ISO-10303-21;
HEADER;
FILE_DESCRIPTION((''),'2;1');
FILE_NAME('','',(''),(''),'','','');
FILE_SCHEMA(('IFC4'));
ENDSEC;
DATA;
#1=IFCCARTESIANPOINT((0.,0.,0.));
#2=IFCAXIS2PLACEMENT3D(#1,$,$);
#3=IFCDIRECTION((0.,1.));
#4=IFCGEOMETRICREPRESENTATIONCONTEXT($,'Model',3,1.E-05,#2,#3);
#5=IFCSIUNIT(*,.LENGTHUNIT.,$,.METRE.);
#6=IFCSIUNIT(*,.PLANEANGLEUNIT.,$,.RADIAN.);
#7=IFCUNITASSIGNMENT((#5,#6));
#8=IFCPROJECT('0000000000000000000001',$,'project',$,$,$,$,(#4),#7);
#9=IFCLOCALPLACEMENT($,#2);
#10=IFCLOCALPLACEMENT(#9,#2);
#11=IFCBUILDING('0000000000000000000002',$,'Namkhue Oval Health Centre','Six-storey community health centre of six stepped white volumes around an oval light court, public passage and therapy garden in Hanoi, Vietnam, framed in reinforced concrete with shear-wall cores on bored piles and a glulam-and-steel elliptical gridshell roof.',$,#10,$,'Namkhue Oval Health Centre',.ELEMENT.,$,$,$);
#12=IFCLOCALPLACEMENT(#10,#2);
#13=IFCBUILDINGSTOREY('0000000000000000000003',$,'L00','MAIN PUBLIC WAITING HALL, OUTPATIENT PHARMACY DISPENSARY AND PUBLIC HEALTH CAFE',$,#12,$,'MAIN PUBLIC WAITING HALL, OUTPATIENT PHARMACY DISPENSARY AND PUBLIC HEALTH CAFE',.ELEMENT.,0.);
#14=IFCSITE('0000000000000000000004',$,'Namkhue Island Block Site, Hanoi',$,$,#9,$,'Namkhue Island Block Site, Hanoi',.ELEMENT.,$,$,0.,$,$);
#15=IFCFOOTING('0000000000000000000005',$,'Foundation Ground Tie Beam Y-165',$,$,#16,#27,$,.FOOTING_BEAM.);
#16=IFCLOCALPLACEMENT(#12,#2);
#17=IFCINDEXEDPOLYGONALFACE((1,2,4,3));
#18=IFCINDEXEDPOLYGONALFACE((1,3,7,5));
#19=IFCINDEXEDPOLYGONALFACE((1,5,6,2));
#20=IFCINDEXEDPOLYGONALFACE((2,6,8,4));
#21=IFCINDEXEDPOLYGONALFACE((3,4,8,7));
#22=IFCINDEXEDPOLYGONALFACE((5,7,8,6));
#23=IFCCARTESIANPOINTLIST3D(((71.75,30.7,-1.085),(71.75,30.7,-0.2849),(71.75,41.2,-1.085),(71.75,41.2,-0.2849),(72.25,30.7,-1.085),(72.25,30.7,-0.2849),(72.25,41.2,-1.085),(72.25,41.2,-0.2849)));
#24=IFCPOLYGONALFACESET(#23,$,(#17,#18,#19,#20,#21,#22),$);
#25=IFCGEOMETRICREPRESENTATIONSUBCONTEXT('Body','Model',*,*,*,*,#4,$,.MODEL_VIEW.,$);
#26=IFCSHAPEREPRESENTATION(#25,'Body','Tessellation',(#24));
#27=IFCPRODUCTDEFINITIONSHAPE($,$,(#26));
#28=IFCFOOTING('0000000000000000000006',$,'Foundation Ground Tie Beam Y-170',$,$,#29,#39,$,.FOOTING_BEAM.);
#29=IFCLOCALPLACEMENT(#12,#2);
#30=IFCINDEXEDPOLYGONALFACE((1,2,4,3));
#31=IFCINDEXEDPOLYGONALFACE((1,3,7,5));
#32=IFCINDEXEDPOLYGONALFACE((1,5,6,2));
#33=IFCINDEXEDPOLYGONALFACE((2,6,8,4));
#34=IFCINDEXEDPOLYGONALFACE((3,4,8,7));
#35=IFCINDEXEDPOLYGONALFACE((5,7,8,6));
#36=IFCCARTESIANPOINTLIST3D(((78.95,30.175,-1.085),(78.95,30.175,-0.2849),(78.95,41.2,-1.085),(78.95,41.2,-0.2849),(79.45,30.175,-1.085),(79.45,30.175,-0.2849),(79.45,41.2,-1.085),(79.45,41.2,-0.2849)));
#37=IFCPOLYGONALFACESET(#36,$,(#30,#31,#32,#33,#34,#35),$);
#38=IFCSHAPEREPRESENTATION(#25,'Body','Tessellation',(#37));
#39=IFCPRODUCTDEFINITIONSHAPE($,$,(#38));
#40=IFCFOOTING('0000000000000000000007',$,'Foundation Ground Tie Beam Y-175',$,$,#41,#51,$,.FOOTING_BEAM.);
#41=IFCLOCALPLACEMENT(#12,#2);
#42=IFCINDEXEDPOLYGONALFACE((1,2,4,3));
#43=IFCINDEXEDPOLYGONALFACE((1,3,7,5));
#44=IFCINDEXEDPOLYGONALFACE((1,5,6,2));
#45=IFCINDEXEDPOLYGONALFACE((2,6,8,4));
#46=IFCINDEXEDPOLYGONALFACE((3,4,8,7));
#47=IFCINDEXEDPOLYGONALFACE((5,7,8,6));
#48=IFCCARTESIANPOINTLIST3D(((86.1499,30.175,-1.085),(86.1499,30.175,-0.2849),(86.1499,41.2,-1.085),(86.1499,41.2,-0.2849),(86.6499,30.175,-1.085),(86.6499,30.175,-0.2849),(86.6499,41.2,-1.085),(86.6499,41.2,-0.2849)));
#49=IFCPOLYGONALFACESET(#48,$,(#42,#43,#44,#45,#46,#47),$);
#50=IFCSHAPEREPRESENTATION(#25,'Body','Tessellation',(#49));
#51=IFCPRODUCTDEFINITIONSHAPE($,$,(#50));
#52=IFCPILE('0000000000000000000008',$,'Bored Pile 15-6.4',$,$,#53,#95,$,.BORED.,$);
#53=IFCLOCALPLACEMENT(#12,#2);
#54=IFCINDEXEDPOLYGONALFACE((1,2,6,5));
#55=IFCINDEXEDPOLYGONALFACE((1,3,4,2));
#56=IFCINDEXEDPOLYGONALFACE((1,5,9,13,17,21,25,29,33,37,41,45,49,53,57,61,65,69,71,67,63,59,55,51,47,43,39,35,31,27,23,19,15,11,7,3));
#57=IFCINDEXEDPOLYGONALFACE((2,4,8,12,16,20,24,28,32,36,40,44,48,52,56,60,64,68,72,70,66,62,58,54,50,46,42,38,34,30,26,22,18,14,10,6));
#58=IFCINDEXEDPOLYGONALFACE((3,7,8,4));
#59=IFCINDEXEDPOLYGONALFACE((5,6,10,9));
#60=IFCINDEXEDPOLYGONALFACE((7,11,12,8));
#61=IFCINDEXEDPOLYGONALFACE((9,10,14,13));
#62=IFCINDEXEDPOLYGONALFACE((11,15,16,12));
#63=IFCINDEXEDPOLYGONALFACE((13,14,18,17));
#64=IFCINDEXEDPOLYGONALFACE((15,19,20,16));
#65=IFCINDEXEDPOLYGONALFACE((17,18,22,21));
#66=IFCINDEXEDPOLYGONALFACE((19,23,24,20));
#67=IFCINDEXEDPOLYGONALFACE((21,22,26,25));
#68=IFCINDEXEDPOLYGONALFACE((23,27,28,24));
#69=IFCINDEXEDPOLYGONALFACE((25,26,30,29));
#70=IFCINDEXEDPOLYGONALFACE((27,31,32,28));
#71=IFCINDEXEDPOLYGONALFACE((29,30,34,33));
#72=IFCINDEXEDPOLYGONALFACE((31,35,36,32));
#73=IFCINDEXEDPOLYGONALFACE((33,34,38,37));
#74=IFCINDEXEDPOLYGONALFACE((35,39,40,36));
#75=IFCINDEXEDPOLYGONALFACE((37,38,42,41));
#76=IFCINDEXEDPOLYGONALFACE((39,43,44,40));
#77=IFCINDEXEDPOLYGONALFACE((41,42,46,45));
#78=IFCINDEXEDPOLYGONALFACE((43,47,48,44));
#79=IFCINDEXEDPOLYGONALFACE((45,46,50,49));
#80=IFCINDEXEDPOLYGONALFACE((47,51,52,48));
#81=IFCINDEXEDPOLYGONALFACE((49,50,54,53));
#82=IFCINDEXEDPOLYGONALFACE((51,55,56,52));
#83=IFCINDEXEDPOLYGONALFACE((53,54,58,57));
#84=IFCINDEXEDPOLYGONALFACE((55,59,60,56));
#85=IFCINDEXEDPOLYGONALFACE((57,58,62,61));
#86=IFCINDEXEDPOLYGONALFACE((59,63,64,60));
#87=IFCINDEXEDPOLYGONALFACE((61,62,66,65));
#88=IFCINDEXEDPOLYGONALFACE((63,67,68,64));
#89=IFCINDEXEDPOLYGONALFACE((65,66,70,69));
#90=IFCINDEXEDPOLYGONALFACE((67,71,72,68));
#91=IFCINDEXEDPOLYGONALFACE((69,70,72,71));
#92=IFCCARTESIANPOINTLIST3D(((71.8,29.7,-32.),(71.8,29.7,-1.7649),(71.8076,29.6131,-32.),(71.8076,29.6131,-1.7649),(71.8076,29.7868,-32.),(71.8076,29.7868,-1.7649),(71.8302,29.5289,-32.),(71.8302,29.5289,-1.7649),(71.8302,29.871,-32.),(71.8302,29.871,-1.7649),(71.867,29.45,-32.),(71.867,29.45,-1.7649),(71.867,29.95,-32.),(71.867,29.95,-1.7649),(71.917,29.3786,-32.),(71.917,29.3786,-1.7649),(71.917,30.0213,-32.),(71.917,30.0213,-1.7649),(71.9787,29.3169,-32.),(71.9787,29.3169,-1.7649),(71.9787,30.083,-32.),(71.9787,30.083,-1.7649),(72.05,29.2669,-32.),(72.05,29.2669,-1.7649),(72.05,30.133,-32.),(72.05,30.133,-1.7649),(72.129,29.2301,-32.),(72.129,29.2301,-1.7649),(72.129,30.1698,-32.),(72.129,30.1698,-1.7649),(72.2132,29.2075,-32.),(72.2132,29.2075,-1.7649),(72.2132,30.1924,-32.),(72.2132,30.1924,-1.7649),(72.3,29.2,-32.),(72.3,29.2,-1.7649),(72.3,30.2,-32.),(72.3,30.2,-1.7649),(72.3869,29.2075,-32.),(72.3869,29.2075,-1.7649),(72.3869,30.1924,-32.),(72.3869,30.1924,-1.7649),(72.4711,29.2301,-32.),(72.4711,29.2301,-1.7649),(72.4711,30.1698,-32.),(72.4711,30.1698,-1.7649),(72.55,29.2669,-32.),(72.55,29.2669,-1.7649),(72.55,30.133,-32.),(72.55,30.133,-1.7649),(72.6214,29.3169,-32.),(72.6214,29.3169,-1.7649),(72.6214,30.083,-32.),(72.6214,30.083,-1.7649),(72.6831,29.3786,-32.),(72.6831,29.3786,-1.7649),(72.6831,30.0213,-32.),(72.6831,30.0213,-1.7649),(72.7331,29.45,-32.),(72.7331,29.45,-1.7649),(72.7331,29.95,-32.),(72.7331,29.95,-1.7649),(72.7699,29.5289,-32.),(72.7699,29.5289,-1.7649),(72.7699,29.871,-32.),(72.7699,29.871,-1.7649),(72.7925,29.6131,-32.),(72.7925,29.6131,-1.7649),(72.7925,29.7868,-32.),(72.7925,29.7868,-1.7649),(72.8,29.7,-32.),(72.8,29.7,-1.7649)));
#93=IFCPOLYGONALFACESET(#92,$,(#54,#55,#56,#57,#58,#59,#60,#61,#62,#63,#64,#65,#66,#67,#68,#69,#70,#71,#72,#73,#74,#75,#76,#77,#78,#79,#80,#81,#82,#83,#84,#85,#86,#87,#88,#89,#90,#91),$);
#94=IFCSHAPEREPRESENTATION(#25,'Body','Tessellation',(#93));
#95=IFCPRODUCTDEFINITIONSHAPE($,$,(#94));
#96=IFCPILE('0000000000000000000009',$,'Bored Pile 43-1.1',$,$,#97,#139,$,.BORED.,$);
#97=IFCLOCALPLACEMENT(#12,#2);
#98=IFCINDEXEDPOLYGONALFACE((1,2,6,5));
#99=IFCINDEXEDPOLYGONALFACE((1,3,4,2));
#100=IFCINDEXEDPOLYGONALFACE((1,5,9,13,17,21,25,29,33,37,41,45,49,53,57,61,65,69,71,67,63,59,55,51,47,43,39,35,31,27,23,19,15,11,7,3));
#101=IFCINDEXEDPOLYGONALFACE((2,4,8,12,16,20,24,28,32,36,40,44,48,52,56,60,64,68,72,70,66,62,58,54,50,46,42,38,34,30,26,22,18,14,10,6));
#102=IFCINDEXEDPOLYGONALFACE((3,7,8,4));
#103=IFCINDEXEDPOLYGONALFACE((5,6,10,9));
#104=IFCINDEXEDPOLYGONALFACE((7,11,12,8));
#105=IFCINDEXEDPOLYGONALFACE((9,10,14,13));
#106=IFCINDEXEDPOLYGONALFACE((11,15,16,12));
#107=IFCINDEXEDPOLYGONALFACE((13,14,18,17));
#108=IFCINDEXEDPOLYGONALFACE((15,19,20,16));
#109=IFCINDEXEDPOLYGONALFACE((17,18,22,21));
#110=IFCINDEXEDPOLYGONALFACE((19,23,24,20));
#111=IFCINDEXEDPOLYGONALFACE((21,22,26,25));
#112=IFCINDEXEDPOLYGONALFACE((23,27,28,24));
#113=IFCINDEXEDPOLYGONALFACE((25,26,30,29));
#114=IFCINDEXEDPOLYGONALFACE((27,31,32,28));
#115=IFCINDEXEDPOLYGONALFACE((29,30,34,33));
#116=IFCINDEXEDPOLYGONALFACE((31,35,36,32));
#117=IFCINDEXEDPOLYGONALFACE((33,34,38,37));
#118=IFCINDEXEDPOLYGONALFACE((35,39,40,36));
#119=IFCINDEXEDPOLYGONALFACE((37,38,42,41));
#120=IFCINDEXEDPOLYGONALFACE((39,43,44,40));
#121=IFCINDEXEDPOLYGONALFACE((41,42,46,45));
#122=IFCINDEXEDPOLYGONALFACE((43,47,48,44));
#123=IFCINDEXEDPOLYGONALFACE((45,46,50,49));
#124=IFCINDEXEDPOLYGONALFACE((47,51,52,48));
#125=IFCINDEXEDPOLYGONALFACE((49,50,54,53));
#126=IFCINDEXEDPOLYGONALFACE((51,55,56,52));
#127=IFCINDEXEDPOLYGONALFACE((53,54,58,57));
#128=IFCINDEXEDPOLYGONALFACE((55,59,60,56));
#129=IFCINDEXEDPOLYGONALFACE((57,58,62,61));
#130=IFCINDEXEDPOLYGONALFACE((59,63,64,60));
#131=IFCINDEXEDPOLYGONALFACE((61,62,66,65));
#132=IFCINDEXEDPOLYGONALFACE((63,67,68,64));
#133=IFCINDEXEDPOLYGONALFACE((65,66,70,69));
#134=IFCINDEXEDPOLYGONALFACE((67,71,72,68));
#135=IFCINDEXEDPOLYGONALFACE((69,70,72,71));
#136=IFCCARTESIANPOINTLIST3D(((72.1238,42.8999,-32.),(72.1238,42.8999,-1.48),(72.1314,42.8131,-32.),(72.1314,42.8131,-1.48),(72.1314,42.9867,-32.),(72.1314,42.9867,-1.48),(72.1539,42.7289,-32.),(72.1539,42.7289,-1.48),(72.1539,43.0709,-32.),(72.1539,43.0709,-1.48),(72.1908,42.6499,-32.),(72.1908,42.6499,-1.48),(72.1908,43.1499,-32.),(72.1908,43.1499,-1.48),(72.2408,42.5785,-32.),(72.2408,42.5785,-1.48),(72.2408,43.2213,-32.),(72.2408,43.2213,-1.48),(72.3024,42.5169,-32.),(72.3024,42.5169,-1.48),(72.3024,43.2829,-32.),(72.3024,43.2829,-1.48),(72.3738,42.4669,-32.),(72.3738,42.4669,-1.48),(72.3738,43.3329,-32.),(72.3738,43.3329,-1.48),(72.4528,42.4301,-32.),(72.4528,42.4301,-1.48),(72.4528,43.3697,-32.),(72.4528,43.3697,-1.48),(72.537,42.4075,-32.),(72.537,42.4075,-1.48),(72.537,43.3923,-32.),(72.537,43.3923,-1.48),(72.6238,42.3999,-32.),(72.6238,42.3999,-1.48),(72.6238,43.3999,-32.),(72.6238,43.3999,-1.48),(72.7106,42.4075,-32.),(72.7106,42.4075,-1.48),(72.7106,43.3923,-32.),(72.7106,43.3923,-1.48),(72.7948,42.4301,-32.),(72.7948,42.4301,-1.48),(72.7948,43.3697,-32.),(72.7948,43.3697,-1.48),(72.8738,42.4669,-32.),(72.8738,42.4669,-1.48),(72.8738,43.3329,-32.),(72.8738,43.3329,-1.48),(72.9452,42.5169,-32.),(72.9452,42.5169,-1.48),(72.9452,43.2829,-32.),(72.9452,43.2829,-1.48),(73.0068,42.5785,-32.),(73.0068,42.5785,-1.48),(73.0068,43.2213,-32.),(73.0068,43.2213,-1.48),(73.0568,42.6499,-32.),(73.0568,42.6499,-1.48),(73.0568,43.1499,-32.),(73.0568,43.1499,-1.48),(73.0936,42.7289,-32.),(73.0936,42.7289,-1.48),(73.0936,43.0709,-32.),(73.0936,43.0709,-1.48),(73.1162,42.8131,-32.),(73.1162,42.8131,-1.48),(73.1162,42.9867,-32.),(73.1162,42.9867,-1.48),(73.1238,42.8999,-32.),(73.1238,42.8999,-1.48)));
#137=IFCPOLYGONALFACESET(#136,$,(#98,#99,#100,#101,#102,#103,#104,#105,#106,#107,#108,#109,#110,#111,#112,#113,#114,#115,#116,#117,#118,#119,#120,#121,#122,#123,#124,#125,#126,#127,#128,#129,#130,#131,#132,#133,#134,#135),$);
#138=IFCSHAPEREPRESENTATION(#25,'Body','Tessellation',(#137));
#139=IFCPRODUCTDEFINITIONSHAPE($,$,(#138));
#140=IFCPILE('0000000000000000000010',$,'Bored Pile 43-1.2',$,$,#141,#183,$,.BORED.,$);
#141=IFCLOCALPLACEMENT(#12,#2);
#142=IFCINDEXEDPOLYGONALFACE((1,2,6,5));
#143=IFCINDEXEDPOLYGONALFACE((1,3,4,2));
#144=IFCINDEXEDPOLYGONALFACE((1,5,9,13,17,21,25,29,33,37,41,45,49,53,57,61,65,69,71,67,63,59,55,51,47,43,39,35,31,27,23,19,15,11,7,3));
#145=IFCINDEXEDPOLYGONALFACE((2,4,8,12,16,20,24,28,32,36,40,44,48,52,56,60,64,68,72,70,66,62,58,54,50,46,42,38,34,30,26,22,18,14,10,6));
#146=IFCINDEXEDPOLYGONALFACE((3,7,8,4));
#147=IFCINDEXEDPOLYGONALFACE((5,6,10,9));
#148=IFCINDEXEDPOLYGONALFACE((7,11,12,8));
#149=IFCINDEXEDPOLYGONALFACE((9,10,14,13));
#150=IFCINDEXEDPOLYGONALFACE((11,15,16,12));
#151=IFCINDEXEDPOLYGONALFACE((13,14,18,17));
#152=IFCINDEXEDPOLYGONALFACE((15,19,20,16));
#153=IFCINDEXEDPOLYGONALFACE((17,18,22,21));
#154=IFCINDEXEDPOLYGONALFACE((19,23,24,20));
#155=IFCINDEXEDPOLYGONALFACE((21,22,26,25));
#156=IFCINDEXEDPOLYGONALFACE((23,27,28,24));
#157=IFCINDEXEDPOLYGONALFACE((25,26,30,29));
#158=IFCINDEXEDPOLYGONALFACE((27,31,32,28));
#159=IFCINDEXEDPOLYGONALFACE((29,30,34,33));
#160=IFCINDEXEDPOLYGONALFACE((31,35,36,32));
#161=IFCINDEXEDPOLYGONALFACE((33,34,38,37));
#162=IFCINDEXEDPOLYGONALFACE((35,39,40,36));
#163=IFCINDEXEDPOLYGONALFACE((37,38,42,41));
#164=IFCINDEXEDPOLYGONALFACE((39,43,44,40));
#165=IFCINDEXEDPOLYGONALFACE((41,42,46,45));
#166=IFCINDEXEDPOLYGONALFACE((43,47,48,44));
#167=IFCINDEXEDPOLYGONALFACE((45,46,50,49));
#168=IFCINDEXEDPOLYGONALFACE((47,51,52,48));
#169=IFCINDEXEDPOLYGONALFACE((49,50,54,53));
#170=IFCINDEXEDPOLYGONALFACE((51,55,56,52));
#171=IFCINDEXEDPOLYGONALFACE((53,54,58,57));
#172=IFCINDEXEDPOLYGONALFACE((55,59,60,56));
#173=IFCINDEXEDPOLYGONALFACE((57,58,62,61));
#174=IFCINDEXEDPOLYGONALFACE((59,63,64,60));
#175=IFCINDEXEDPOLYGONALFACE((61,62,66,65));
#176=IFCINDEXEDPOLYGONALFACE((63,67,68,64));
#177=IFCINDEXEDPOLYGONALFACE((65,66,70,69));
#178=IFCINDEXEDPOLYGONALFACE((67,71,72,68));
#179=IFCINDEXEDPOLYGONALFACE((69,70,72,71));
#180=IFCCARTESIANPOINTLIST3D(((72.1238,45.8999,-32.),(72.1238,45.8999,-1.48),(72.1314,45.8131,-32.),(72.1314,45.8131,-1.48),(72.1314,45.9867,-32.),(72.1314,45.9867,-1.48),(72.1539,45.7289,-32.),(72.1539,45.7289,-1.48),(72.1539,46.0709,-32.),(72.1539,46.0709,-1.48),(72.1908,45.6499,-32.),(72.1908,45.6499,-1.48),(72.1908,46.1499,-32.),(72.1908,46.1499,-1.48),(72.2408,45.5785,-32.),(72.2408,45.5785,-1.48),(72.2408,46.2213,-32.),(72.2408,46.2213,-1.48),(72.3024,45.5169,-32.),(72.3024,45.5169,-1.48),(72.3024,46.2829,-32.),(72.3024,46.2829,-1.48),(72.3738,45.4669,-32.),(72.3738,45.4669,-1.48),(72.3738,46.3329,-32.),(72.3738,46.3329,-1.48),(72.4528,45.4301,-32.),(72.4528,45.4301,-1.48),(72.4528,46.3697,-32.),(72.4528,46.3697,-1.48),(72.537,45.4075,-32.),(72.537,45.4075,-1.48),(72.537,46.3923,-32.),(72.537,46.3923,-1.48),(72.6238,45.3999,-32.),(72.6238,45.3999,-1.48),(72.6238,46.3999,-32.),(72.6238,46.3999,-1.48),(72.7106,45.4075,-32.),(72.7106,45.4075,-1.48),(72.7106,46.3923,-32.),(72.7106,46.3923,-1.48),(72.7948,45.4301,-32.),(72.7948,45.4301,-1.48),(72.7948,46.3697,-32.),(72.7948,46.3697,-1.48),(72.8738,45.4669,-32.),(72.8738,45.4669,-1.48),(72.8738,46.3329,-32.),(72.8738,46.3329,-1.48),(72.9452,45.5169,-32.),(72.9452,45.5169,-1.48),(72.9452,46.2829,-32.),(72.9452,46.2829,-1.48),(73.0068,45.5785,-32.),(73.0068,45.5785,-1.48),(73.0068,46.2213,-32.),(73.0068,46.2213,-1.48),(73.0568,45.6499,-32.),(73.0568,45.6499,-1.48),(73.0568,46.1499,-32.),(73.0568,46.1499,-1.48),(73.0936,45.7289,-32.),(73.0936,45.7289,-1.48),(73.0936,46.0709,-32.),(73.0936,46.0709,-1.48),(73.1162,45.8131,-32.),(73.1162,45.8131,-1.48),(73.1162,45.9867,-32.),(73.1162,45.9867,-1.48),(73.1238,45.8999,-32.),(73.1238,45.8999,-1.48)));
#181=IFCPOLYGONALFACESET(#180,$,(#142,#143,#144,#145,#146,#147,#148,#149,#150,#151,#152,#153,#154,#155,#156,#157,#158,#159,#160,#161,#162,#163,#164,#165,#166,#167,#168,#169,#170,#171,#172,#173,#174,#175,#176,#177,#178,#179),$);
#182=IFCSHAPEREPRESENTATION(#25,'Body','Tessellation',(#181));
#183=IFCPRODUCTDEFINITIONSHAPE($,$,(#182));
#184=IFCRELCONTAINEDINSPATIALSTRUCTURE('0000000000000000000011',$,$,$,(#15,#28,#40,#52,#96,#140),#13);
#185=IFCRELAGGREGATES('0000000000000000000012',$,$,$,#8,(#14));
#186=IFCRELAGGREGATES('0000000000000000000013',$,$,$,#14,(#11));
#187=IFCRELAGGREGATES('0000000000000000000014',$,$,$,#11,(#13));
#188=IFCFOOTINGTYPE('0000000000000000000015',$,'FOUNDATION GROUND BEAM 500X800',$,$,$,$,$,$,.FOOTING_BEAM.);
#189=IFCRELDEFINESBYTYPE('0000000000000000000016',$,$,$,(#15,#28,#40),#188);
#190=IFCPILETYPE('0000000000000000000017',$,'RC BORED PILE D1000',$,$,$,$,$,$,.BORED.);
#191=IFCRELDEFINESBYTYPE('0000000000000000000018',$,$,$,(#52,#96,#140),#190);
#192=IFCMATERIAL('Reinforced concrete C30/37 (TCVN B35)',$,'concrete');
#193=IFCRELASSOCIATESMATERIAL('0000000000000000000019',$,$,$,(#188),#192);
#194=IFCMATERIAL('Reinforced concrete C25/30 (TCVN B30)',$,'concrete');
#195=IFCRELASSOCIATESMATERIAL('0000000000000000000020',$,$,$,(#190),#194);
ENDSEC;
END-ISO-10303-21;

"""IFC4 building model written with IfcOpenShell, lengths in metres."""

from ifc_helpers import new_model, si_unit, direction, frame, origin, origin_2d, place, context, subcontext, project, spatial, rectangle, circle, extrude, material, material_profile, profile_set, type_object, element, save


model = new_model("IFC4")

# Units and contexts
model_context = context("Model", 3, precision=1e-05, world=origin(), true_north=direction((0.0, 1.0)))
body_context = subcontext(model_context, "Body", "Model", "MODEL_VIEW")
ifc_project = project(units=[si_unit("LENGTHUNIT", "METRE"), si_unit("PLANEANGLEUNIT", "RADIAN")], contexts=[model_context])

# Site, building, storey
site_placement = place(None, origin())
site = spatial("IfcSite", under=ifc_project, at=site_placement, Name="Namkhue Island Block Site, Hanoi", LongName="Namkhue Island Block Site, Hanoi", CompositionType="ELEMENT", RefElevation=0.0)
building_placement = place(site_placement, origin())
building = spatial("IfcBuilding", under=site, at=building_placement, Name="Namkhue Oval Health Centre", Description="Six-storey community health centre of six stepped white volumes around an oval light court, public passage and therapy garden in Hanoi, Vietnam, framed in reinforced concrete with shear-wall cores on bored piles and a glulam-and-steel elliptical gridshell roof.", LongName="Namkhue Oval Health Centre", CompositionType="ELEMENT")
storey_placement = place(building_placement, origin())
storey = spatial("IfcBuildingStorey", under=building, at=storey_placement, Name="L00", Description="MAIN PUBLIC WAITING HALL, OUTPATIENT PHARMACY DISPENSARY AND PUBLIC HEALTH CAFE", LongName="MAIN PUBLIC WAITING HALL, OUTPATIENT PHARMACY DISPENSARY AND PUBLIC HEALTH CAFE", CompositionType="ELEMENT", Elevation=0.0)

# Footings
ifc_material_1 = material(Name="Reinforced concrete C30/37 (TCVN B35)", Category="concrete")
footing_type = type_object("IfcFootingType", Name="FOUNDATION GROUND BEAM 500X800", PredefinedType="FOOTING_BEAM", material=ifc_material_1)
footing_placement = place(storey_placement, frame((72.0, 35.95, -1.085), z_axis=(0.0, 0.0, 1.0), x_axis=(0.0, 1.0, 0.0)))
element("IfcFooting", 1, at=footing_placement, inside=storey, type_object=footing_type, Name="Foundation Ground Tie Beam Y-165", PredefinedType="FOOTING_BEAM", context=body_context, shape_type="SweptSolid", body=[
    extrude(rectangle(XDim=10.5, YDim=0.5, at=origin_2d()), origin(), (0.0, 0.0, 1.0), 0.8),
])
for number, where, z_axis, x_axis, name in (
    (2, (79.2, 35.6875, -1.085), (0.0, 0.0, 1.0), (0.0, 1.0, 0.0), "Foundation Ground Tie Beam Y-170"),
    (3, (86.3999, 35.6875, -1.085), (0.0, 0.0, 1.0), (0.0, 1.0, 0.0), "Foundation Ground Tie Beam Y-175"),
):
    element("IfcFooting", number, at=place(storey_placement, frame(where, z_axis=z_axis, x_axis=x_axis)), inside=storey, type_object=footing_type, Name=name, PredefinedType="FOOTING_BEAM", context=body_context, shape_type="SweptSolid", body=[
        extrude(rectangle(XDim=11.0249, YDim=0.5, at=origin_2d()), origin(), (0.0, 0.0, 1.0), 0.8),
    ])

# Piles
ifc_material_2 = material(Name="Reinforced concrete C25/30 (TCVN B30)", Category="concrete")
ifc_material_profile_1 = material_profile(ifc_material_2, circle(Radius=0.5, at=origin_2d()), Name="BORED PILE D1000")
ifc_profile_set_1 = profile_set([ifc_material_profile_1], Name="Reinforced concrete C25/30 (TCVN B30)")
pile_type = type_object("IfcPileType", Name="RC BORED PILE D1000", PredefinedType="BORED", material=ifc_profile_set_1)
pile_placement = place(storey_placement, frame((72.3, 29.7, -1.7649), z_axis=(0.0, 0.0, -1.0), x_axis=(1.0, 0.0, 0.0)))
element("IfcPile", 4, at=pile_placement, inside=storey, type_object=pile_type, Name="Bored Pile 15-6.4", PredefinedType="BORED", context=body_context, shape_type="SweptSolid", body=[
    extrude(circle(Radius=0.5, at=origin_2d()), origin(), (0.0, 0.0, 1.0), 30.2351),
])
for number, where, z_axis, x_axis, name in (
    (5, (72.6238, 42.8999, -1.48), (0.0, 0.0, -1.0), (1.0, 0.0, 0.0), "Bored Pile 43-1.1"),
    (6, (72.6238, 45.8999, -1.48), (0.0, 0.0, -1.0), (1.0, 0.0, 0.0), "Bored Pile 43-1.2"),
):
    element("IfcPile", number, at=place(storey_placement, frame(where, z_axis=z_axis, x_axis=x_axis)), inside=storey, type_object=pile_type, Name=name, PredefinedType="BORED", context=body_context, shape_type="SweptSolid", body=[
        extrude(circle(Radius=0.5, at=origin_2d()), origin(), (0.0, 0.0, 1.0), 30.52),
    ])

save(model, "model.ifc")
